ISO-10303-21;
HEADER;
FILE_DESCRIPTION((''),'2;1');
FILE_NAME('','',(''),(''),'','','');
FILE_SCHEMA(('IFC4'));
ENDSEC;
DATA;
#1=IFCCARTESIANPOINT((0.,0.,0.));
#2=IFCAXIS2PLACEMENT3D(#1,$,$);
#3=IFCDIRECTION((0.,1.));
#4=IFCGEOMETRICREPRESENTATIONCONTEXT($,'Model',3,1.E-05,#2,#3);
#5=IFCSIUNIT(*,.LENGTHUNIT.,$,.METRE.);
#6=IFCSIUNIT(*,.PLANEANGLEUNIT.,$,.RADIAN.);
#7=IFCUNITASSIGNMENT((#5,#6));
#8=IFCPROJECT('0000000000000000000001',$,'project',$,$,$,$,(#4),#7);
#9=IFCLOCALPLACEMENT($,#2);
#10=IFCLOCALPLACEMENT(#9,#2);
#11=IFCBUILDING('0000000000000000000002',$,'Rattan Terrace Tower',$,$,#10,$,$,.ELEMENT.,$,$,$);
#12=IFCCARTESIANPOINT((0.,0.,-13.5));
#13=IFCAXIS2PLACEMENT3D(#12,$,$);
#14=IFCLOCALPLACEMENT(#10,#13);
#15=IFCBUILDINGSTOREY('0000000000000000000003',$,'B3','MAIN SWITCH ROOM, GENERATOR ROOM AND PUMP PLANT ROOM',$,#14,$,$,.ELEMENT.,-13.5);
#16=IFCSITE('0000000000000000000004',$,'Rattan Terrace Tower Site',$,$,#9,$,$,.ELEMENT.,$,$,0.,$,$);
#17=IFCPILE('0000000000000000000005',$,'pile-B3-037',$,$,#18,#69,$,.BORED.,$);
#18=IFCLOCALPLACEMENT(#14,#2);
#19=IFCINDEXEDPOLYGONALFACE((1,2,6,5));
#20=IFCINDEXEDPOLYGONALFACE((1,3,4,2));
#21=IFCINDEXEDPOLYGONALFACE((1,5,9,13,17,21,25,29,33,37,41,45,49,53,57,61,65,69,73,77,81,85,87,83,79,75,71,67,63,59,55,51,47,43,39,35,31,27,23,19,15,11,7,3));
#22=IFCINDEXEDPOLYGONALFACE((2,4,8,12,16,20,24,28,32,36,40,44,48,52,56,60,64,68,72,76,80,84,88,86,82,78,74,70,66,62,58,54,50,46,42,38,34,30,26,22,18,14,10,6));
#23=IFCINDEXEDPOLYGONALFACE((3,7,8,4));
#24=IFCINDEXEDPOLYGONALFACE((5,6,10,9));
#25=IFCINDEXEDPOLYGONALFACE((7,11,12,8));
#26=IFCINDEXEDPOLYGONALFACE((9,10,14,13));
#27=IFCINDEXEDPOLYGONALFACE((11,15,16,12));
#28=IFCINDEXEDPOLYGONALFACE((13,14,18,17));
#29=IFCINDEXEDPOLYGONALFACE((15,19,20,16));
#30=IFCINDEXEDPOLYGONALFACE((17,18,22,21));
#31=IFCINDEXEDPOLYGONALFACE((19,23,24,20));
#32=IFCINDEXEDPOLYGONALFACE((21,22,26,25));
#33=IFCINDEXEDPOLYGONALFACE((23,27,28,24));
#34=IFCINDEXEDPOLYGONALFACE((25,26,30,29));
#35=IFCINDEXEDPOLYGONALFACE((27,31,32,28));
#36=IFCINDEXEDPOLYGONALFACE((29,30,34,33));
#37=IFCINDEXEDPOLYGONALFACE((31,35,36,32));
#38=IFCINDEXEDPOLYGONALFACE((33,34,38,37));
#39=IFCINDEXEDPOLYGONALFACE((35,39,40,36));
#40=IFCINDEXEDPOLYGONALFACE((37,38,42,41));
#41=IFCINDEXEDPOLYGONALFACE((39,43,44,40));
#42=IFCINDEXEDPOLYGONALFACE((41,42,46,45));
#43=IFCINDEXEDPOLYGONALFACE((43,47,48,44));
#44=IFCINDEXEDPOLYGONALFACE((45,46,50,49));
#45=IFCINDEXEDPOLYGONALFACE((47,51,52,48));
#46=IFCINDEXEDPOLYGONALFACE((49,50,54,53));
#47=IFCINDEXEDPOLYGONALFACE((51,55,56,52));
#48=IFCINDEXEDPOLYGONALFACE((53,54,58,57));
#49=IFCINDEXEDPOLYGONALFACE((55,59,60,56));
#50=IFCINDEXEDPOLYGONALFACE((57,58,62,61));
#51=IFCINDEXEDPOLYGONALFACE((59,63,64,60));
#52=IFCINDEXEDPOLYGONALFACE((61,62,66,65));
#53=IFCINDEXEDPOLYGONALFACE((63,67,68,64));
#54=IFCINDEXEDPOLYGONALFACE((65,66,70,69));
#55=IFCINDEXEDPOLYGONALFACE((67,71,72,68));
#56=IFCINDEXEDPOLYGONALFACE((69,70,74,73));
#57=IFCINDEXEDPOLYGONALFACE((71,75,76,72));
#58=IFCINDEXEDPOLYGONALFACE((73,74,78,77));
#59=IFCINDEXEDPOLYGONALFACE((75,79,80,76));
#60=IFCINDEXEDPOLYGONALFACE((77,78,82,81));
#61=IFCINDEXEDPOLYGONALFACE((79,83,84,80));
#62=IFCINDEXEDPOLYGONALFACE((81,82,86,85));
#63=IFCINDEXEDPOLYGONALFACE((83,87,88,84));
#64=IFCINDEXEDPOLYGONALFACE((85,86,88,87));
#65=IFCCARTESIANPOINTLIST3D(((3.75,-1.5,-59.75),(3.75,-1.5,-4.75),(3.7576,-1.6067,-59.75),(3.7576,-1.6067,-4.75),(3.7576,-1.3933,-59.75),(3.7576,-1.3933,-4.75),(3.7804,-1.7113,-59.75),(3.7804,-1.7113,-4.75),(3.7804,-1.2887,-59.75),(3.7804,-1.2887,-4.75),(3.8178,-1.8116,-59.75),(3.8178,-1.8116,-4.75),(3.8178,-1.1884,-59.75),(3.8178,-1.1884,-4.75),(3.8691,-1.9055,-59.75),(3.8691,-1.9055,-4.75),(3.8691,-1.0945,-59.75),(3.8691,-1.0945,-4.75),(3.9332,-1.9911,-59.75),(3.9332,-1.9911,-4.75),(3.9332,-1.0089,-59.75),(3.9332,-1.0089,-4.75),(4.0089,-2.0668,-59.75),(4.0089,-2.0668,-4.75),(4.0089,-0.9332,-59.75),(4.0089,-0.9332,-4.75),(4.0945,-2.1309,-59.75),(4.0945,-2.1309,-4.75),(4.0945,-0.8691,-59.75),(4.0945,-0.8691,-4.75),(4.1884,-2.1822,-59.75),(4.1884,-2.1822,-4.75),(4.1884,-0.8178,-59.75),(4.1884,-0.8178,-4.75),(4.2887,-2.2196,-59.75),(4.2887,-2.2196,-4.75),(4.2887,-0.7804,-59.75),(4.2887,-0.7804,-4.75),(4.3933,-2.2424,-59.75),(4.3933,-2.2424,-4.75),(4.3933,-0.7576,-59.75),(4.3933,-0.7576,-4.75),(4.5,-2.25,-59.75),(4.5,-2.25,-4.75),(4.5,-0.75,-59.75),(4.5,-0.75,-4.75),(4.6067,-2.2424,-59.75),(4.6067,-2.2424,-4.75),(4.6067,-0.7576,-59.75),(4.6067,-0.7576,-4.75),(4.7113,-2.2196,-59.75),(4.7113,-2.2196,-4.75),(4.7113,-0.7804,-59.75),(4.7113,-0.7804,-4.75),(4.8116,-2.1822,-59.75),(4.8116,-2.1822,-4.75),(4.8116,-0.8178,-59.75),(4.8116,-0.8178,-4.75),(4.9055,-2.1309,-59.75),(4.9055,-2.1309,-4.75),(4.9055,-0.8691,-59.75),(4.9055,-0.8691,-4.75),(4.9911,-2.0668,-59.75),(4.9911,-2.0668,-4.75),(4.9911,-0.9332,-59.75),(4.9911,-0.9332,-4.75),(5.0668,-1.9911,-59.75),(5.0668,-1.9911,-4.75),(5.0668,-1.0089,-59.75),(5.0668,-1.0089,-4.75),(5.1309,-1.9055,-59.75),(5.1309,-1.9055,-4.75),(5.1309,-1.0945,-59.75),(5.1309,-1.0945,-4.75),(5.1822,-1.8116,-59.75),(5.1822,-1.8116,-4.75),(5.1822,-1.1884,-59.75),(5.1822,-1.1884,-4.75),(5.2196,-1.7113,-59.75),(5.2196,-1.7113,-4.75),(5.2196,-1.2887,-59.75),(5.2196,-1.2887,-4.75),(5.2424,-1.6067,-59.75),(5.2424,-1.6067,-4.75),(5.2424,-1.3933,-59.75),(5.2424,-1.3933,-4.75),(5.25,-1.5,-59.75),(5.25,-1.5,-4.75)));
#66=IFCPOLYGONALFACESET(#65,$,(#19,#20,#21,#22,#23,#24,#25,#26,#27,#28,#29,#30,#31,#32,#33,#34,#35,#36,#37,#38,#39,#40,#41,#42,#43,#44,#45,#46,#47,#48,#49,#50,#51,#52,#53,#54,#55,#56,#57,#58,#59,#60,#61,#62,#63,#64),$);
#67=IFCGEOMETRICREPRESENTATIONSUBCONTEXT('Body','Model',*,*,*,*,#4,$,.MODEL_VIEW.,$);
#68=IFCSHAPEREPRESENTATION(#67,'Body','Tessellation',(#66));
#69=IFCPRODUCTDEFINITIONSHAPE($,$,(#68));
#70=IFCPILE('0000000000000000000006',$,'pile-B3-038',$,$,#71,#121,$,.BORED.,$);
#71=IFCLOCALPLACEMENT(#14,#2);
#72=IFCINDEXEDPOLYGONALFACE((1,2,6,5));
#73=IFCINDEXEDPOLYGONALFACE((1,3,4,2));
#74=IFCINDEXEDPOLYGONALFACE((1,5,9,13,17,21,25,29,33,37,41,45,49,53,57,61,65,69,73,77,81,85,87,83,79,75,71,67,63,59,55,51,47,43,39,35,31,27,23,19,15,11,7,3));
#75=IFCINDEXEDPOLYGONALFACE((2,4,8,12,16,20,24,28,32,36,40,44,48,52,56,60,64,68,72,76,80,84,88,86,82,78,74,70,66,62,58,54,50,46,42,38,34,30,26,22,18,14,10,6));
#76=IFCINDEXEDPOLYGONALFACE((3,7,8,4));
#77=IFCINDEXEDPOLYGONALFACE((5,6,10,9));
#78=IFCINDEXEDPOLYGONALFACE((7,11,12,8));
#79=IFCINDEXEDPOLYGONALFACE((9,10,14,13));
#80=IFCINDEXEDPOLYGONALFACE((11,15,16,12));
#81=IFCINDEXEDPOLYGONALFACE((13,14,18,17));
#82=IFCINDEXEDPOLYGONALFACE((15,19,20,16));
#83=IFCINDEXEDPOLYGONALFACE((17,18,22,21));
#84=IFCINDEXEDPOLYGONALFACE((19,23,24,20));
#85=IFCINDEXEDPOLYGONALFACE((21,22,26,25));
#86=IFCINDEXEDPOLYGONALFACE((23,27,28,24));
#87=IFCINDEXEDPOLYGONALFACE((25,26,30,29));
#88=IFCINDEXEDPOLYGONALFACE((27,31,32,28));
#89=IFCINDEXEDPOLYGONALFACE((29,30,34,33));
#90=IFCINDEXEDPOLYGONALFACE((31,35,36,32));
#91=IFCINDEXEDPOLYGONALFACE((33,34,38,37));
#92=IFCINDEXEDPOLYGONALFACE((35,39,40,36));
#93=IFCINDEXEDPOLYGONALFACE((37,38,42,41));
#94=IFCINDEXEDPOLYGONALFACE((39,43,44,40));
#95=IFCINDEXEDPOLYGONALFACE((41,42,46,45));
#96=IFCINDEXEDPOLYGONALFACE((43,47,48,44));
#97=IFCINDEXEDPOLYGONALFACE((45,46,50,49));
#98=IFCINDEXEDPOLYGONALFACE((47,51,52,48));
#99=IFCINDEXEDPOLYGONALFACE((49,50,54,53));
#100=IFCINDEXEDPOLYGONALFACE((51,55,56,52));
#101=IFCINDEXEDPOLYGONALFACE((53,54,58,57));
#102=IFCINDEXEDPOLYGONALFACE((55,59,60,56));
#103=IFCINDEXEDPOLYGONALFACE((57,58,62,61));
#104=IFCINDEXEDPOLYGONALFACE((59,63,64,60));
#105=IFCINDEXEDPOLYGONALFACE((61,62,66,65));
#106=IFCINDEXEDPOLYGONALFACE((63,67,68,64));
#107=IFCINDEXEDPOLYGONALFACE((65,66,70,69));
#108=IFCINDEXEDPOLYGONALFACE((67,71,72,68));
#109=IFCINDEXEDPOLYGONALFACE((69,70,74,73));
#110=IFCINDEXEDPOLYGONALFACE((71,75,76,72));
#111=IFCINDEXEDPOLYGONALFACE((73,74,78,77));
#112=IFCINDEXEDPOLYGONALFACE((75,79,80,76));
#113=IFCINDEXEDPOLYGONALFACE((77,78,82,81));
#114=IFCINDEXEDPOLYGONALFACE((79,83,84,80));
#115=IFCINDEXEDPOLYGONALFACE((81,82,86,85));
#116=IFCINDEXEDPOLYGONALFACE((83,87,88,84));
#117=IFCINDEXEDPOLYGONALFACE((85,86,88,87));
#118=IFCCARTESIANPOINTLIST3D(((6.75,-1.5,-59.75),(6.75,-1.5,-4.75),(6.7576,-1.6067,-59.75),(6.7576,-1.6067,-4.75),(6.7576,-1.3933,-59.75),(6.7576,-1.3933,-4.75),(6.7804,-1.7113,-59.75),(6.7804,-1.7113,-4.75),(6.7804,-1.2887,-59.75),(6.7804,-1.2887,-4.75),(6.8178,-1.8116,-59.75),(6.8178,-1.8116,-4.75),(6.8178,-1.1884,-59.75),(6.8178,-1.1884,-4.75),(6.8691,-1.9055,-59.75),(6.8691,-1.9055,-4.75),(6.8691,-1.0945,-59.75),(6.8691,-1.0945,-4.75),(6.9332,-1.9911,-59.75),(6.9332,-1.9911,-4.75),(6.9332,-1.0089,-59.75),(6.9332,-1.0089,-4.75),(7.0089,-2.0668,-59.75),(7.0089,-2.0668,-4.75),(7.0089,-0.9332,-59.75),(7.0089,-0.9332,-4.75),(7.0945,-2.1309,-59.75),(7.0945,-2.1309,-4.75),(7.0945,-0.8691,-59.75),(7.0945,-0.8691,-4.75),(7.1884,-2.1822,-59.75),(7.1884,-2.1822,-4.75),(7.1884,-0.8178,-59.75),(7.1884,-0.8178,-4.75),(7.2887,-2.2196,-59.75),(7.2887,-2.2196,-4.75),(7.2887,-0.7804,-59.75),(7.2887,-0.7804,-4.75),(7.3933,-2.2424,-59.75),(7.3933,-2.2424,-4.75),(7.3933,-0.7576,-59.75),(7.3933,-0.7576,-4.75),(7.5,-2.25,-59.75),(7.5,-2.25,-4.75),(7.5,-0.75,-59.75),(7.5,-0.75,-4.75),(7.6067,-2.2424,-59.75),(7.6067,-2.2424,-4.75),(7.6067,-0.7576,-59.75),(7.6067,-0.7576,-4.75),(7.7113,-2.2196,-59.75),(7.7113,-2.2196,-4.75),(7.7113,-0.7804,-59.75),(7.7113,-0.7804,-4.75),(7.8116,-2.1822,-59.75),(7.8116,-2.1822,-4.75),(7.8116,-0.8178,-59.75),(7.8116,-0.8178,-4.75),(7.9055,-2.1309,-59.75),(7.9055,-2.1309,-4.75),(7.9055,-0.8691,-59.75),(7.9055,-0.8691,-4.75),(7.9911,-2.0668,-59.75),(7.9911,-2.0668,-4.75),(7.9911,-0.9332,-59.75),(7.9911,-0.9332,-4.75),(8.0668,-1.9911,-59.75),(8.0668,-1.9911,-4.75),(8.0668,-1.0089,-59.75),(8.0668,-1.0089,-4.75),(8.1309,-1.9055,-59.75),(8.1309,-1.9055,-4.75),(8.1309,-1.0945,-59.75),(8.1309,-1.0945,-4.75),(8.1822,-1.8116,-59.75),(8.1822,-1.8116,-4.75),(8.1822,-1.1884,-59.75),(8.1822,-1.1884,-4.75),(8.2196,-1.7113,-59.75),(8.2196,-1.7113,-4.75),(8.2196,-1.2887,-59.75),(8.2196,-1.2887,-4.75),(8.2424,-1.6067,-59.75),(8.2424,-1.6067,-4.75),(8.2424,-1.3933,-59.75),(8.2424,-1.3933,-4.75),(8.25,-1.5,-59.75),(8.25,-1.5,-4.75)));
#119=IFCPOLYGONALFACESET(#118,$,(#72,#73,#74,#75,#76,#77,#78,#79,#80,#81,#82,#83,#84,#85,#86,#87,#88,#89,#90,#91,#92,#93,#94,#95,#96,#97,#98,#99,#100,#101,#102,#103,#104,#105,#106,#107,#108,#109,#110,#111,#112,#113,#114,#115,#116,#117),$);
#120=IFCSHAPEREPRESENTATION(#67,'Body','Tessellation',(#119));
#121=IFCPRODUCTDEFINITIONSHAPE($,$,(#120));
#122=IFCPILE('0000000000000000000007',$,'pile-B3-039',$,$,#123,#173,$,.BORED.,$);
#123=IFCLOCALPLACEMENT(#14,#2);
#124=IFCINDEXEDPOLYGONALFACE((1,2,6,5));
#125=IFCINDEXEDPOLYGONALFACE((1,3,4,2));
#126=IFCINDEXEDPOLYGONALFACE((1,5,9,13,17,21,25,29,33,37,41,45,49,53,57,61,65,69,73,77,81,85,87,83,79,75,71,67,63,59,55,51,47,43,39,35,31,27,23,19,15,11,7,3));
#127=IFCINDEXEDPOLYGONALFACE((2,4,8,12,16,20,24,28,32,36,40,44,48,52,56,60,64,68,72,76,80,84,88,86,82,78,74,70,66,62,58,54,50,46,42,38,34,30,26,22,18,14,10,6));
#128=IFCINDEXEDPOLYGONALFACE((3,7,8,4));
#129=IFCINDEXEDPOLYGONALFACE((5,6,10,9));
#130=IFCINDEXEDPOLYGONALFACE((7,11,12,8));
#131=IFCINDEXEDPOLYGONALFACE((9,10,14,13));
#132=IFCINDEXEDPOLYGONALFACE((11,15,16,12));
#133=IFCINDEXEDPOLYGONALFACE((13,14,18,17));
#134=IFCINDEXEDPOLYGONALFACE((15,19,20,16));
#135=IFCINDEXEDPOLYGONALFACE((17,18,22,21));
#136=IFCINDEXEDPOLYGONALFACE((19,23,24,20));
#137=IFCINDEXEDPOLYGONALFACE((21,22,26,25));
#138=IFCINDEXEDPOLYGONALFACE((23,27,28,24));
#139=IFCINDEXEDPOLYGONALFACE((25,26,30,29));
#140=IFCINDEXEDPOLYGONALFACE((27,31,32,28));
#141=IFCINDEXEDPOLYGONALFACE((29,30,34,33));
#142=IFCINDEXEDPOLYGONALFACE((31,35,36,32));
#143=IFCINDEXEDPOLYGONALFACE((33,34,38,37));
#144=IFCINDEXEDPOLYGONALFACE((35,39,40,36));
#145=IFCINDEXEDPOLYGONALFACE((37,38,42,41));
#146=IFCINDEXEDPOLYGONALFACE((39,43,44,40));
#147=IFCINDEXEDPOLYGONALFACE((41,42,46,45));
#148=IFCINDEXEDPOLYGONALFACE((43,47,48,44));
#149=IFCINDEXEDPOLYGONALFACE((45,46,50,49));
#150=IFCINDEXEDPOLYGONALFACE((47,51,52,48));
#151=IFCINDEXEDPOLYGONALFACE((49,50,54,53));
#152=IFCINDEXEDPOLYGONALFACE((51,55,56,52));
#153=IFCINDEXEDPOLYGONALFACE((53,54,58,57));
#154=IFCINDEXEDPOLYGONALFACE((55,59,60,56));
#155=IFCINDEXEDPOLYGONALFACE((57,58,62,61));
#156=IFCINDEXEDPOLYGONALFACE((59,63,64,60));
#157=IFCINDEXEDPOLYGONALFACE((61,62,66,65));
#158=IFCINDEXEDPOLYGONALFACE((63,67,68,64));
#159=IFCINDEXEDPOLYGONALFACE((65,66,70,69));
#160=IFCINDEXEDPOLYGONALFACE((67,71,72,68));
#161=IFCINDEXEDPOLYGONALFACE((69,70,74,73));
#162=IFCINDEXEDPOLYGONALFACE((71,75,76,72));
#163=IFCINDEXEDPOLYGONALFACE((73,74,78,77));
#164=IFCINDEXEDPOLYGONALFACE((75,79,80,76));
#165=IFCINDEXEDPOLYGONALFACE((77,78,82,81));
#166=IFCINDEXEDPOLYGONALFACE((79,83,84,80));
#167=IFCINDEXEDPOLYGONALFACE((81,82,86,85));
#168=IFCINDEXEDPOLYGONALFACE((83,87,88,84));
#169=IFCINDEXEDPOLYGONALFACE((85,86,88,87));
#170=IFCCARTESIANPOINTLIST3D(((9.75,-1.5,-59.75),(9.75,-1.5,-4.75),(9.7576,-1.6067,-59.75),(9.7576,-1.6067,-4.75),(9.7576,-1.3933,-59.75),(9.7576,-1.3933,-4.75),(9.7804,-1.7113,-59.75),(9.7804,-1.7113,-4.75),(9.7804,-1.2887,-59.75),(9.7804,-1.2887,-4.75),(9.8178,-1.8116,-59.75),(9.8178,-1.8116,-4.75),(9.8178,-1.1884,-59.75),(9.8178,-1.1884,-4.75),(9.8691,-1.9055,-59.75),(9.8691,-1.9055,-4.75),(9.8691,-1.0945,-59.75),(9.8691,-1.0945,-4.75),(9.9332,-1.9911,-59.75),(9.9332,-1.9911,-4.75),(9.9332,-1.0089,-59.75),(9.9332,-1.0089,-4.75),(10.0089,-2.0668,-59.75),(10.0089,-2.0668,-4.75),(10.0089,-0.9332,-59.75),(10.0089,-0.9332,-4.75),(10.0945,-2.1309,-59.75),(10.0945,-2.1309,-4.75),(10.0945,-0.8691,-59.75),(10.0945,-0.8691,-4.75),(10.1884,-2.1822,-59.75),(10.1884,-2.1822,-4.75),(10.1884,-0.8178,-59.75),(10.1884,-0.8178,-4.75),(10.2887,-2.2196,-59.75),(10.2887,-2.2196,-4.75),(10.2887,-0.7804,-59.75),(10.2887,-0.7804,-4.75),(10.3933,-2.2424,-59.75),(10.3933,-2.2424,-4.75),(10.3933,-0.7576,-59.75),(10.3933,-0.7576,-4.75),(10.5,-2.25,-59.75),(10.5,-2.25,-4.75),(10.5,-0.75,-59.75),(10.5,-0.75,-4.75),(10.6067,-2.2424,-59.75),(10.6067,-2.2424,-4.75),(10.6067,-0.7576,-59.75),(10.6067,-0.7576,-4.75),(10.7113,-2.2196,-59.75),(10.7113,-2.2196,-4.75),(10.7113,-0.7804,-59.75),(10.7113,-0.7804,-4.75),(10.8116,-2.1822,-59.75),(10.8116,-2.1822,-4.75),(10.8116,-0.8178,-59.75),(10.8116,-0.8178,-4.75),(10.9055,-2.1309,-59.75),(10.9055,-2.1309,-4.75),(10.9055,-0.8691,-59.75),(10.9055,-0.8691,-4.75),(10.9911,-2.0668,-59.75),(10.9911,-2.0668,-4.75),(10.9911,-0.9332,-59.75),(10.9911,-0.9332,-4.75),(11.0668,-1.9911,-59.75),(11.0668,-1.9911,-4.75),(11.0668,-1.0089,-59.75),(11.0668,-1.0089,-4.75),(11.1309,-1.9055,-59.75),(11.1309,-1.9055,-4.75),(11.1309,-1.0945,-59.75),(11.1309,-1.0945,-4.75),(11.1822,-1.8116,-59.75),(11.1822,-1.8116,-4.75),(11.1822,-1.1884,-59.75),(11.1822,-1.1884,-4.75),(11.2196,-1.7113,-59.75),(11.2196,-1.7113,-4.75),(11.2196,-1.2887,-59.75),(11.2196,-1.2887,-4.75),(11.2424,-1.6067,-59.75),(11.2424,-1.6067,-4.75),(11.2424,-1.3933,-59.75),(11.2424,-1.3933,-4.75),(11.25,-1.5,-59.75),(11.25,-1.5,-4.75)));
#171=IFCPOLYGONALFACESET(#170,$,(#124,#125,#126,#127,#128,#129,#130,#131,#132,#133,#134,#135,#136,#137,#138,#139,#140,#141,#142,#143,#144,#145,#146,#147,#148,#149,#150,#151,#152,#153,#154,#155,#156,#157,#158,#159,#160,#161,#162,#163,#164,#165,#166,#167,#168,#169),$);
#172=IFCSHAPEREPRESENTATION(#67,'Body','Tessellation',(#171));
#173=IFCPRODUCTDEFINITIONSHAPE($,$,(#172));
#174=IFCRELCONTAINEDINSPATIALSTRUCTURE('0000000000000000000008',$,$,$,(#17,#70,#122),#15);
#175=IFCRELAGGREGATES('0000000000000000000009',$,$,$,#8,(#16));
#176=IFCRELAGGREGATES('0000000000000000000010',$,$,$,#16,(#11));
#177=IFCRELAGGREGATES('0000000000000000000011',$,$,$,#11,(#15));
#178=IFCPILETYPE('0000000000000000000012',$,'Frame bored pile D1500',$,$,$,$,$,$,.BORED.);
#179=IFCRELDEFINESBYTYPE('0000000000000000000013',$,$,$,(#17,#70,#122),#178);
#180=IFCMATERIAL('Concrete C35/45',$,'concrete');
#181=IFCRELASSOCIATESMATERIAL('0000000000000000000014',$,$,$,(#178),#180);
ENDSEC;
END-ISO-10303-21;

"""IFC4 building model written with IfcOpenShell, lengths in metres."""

from ifc_helpers import new_model, si_unit, direction, frame, origin, origin_2d, place, context, subcontext, project, spatial, circle, extrude, material, material_profile, profile_set, type_object, element, save


model = new_model("IFC4")

# Units and contexts
model_context = context("Model", 3, precision=1e-05, world=origin(), true_north=direction((0.0, 1.0)))
body_context = subcontext(model_context, "Body", "Model", "MODEL_VIEW")
ifc_project = project(units=[si_unit("LENGTHUNIT", "METRE"), si_unit("PLANEANGLEUNIT", "RADIAN")], contexts=[model_context])

# Site, building, storey
site_placement = place(None, origin())
site = spatial("IfcSite", under=ifc_project, at=site_placement, Name="Rattan Terrace Tower Site", CompositionType="ELEMENT", RefElevation=0.0)
building_placement = place(site_placement, origin())
building = spatial("IfcBuilding", under=site, at=building_placement, Name="Rattan Terrace Tower", CompositionType="ELEMENT")
storey_placement = place(building_placement, frame((0.0, 0.0, -13.5)))
storey = spatial("IfcBuildingStorey", under=building, at=storey_placement, Name="B3", Description="MAIN SWITCH ROOM, GENERATOR ROOM AND PUMP PLANT ROOM", CompositionType="ELEMENT", Elevation=-13.5)

# Piles
ifc_material_1 = material(Name="Concrete C35/45", Category="concrete")
ifc_material_profile = material_profile(ifc_material_1, circle(Radius=0.75, at=origin_2d()), Name="PILE D1500")
ifc_profile_set = profile_set([ifc_material_profile], Name="Concrete C35/45")
pile_type = type_object("IfcPileType", Name="Frame bored pile D1500", PredefinedType="BORED", material=ifc_profile_set)
for number, where, z_axis, x_axis, name in (
    (1, (4.5, -1.5, -4.75), (0.0, 0.0, -1.0), (1.0, 0.0, 0.0), "pile-B3-037"),
    (2, (7.5, -1.5, -4.75), (0.0, 0.0, -1.0), (1.0, 0.0, 0.0), "pile-B3-038"),
    (3, (10.5, -1.5, -4.75), (0.0, 0.0, -1.0), (1.0, 0.0, 0.0), "pile-B3-039"),
):
    element("IfcPile", number, at=place(storey_placement, frame(where, z_axis=z_axis, x_axis=x_axis)), inside=storey, type_object=pile_type, Name=name, PredefinedType="BORED", context=body_context, shape_type="SweptSolid", body=[
        extrude(circle(Radius=0.75, at=origin_2d()), origin(), (0.0, 0.0, 1.0), 55.0),
    ])

save(model, "model.ifc")
